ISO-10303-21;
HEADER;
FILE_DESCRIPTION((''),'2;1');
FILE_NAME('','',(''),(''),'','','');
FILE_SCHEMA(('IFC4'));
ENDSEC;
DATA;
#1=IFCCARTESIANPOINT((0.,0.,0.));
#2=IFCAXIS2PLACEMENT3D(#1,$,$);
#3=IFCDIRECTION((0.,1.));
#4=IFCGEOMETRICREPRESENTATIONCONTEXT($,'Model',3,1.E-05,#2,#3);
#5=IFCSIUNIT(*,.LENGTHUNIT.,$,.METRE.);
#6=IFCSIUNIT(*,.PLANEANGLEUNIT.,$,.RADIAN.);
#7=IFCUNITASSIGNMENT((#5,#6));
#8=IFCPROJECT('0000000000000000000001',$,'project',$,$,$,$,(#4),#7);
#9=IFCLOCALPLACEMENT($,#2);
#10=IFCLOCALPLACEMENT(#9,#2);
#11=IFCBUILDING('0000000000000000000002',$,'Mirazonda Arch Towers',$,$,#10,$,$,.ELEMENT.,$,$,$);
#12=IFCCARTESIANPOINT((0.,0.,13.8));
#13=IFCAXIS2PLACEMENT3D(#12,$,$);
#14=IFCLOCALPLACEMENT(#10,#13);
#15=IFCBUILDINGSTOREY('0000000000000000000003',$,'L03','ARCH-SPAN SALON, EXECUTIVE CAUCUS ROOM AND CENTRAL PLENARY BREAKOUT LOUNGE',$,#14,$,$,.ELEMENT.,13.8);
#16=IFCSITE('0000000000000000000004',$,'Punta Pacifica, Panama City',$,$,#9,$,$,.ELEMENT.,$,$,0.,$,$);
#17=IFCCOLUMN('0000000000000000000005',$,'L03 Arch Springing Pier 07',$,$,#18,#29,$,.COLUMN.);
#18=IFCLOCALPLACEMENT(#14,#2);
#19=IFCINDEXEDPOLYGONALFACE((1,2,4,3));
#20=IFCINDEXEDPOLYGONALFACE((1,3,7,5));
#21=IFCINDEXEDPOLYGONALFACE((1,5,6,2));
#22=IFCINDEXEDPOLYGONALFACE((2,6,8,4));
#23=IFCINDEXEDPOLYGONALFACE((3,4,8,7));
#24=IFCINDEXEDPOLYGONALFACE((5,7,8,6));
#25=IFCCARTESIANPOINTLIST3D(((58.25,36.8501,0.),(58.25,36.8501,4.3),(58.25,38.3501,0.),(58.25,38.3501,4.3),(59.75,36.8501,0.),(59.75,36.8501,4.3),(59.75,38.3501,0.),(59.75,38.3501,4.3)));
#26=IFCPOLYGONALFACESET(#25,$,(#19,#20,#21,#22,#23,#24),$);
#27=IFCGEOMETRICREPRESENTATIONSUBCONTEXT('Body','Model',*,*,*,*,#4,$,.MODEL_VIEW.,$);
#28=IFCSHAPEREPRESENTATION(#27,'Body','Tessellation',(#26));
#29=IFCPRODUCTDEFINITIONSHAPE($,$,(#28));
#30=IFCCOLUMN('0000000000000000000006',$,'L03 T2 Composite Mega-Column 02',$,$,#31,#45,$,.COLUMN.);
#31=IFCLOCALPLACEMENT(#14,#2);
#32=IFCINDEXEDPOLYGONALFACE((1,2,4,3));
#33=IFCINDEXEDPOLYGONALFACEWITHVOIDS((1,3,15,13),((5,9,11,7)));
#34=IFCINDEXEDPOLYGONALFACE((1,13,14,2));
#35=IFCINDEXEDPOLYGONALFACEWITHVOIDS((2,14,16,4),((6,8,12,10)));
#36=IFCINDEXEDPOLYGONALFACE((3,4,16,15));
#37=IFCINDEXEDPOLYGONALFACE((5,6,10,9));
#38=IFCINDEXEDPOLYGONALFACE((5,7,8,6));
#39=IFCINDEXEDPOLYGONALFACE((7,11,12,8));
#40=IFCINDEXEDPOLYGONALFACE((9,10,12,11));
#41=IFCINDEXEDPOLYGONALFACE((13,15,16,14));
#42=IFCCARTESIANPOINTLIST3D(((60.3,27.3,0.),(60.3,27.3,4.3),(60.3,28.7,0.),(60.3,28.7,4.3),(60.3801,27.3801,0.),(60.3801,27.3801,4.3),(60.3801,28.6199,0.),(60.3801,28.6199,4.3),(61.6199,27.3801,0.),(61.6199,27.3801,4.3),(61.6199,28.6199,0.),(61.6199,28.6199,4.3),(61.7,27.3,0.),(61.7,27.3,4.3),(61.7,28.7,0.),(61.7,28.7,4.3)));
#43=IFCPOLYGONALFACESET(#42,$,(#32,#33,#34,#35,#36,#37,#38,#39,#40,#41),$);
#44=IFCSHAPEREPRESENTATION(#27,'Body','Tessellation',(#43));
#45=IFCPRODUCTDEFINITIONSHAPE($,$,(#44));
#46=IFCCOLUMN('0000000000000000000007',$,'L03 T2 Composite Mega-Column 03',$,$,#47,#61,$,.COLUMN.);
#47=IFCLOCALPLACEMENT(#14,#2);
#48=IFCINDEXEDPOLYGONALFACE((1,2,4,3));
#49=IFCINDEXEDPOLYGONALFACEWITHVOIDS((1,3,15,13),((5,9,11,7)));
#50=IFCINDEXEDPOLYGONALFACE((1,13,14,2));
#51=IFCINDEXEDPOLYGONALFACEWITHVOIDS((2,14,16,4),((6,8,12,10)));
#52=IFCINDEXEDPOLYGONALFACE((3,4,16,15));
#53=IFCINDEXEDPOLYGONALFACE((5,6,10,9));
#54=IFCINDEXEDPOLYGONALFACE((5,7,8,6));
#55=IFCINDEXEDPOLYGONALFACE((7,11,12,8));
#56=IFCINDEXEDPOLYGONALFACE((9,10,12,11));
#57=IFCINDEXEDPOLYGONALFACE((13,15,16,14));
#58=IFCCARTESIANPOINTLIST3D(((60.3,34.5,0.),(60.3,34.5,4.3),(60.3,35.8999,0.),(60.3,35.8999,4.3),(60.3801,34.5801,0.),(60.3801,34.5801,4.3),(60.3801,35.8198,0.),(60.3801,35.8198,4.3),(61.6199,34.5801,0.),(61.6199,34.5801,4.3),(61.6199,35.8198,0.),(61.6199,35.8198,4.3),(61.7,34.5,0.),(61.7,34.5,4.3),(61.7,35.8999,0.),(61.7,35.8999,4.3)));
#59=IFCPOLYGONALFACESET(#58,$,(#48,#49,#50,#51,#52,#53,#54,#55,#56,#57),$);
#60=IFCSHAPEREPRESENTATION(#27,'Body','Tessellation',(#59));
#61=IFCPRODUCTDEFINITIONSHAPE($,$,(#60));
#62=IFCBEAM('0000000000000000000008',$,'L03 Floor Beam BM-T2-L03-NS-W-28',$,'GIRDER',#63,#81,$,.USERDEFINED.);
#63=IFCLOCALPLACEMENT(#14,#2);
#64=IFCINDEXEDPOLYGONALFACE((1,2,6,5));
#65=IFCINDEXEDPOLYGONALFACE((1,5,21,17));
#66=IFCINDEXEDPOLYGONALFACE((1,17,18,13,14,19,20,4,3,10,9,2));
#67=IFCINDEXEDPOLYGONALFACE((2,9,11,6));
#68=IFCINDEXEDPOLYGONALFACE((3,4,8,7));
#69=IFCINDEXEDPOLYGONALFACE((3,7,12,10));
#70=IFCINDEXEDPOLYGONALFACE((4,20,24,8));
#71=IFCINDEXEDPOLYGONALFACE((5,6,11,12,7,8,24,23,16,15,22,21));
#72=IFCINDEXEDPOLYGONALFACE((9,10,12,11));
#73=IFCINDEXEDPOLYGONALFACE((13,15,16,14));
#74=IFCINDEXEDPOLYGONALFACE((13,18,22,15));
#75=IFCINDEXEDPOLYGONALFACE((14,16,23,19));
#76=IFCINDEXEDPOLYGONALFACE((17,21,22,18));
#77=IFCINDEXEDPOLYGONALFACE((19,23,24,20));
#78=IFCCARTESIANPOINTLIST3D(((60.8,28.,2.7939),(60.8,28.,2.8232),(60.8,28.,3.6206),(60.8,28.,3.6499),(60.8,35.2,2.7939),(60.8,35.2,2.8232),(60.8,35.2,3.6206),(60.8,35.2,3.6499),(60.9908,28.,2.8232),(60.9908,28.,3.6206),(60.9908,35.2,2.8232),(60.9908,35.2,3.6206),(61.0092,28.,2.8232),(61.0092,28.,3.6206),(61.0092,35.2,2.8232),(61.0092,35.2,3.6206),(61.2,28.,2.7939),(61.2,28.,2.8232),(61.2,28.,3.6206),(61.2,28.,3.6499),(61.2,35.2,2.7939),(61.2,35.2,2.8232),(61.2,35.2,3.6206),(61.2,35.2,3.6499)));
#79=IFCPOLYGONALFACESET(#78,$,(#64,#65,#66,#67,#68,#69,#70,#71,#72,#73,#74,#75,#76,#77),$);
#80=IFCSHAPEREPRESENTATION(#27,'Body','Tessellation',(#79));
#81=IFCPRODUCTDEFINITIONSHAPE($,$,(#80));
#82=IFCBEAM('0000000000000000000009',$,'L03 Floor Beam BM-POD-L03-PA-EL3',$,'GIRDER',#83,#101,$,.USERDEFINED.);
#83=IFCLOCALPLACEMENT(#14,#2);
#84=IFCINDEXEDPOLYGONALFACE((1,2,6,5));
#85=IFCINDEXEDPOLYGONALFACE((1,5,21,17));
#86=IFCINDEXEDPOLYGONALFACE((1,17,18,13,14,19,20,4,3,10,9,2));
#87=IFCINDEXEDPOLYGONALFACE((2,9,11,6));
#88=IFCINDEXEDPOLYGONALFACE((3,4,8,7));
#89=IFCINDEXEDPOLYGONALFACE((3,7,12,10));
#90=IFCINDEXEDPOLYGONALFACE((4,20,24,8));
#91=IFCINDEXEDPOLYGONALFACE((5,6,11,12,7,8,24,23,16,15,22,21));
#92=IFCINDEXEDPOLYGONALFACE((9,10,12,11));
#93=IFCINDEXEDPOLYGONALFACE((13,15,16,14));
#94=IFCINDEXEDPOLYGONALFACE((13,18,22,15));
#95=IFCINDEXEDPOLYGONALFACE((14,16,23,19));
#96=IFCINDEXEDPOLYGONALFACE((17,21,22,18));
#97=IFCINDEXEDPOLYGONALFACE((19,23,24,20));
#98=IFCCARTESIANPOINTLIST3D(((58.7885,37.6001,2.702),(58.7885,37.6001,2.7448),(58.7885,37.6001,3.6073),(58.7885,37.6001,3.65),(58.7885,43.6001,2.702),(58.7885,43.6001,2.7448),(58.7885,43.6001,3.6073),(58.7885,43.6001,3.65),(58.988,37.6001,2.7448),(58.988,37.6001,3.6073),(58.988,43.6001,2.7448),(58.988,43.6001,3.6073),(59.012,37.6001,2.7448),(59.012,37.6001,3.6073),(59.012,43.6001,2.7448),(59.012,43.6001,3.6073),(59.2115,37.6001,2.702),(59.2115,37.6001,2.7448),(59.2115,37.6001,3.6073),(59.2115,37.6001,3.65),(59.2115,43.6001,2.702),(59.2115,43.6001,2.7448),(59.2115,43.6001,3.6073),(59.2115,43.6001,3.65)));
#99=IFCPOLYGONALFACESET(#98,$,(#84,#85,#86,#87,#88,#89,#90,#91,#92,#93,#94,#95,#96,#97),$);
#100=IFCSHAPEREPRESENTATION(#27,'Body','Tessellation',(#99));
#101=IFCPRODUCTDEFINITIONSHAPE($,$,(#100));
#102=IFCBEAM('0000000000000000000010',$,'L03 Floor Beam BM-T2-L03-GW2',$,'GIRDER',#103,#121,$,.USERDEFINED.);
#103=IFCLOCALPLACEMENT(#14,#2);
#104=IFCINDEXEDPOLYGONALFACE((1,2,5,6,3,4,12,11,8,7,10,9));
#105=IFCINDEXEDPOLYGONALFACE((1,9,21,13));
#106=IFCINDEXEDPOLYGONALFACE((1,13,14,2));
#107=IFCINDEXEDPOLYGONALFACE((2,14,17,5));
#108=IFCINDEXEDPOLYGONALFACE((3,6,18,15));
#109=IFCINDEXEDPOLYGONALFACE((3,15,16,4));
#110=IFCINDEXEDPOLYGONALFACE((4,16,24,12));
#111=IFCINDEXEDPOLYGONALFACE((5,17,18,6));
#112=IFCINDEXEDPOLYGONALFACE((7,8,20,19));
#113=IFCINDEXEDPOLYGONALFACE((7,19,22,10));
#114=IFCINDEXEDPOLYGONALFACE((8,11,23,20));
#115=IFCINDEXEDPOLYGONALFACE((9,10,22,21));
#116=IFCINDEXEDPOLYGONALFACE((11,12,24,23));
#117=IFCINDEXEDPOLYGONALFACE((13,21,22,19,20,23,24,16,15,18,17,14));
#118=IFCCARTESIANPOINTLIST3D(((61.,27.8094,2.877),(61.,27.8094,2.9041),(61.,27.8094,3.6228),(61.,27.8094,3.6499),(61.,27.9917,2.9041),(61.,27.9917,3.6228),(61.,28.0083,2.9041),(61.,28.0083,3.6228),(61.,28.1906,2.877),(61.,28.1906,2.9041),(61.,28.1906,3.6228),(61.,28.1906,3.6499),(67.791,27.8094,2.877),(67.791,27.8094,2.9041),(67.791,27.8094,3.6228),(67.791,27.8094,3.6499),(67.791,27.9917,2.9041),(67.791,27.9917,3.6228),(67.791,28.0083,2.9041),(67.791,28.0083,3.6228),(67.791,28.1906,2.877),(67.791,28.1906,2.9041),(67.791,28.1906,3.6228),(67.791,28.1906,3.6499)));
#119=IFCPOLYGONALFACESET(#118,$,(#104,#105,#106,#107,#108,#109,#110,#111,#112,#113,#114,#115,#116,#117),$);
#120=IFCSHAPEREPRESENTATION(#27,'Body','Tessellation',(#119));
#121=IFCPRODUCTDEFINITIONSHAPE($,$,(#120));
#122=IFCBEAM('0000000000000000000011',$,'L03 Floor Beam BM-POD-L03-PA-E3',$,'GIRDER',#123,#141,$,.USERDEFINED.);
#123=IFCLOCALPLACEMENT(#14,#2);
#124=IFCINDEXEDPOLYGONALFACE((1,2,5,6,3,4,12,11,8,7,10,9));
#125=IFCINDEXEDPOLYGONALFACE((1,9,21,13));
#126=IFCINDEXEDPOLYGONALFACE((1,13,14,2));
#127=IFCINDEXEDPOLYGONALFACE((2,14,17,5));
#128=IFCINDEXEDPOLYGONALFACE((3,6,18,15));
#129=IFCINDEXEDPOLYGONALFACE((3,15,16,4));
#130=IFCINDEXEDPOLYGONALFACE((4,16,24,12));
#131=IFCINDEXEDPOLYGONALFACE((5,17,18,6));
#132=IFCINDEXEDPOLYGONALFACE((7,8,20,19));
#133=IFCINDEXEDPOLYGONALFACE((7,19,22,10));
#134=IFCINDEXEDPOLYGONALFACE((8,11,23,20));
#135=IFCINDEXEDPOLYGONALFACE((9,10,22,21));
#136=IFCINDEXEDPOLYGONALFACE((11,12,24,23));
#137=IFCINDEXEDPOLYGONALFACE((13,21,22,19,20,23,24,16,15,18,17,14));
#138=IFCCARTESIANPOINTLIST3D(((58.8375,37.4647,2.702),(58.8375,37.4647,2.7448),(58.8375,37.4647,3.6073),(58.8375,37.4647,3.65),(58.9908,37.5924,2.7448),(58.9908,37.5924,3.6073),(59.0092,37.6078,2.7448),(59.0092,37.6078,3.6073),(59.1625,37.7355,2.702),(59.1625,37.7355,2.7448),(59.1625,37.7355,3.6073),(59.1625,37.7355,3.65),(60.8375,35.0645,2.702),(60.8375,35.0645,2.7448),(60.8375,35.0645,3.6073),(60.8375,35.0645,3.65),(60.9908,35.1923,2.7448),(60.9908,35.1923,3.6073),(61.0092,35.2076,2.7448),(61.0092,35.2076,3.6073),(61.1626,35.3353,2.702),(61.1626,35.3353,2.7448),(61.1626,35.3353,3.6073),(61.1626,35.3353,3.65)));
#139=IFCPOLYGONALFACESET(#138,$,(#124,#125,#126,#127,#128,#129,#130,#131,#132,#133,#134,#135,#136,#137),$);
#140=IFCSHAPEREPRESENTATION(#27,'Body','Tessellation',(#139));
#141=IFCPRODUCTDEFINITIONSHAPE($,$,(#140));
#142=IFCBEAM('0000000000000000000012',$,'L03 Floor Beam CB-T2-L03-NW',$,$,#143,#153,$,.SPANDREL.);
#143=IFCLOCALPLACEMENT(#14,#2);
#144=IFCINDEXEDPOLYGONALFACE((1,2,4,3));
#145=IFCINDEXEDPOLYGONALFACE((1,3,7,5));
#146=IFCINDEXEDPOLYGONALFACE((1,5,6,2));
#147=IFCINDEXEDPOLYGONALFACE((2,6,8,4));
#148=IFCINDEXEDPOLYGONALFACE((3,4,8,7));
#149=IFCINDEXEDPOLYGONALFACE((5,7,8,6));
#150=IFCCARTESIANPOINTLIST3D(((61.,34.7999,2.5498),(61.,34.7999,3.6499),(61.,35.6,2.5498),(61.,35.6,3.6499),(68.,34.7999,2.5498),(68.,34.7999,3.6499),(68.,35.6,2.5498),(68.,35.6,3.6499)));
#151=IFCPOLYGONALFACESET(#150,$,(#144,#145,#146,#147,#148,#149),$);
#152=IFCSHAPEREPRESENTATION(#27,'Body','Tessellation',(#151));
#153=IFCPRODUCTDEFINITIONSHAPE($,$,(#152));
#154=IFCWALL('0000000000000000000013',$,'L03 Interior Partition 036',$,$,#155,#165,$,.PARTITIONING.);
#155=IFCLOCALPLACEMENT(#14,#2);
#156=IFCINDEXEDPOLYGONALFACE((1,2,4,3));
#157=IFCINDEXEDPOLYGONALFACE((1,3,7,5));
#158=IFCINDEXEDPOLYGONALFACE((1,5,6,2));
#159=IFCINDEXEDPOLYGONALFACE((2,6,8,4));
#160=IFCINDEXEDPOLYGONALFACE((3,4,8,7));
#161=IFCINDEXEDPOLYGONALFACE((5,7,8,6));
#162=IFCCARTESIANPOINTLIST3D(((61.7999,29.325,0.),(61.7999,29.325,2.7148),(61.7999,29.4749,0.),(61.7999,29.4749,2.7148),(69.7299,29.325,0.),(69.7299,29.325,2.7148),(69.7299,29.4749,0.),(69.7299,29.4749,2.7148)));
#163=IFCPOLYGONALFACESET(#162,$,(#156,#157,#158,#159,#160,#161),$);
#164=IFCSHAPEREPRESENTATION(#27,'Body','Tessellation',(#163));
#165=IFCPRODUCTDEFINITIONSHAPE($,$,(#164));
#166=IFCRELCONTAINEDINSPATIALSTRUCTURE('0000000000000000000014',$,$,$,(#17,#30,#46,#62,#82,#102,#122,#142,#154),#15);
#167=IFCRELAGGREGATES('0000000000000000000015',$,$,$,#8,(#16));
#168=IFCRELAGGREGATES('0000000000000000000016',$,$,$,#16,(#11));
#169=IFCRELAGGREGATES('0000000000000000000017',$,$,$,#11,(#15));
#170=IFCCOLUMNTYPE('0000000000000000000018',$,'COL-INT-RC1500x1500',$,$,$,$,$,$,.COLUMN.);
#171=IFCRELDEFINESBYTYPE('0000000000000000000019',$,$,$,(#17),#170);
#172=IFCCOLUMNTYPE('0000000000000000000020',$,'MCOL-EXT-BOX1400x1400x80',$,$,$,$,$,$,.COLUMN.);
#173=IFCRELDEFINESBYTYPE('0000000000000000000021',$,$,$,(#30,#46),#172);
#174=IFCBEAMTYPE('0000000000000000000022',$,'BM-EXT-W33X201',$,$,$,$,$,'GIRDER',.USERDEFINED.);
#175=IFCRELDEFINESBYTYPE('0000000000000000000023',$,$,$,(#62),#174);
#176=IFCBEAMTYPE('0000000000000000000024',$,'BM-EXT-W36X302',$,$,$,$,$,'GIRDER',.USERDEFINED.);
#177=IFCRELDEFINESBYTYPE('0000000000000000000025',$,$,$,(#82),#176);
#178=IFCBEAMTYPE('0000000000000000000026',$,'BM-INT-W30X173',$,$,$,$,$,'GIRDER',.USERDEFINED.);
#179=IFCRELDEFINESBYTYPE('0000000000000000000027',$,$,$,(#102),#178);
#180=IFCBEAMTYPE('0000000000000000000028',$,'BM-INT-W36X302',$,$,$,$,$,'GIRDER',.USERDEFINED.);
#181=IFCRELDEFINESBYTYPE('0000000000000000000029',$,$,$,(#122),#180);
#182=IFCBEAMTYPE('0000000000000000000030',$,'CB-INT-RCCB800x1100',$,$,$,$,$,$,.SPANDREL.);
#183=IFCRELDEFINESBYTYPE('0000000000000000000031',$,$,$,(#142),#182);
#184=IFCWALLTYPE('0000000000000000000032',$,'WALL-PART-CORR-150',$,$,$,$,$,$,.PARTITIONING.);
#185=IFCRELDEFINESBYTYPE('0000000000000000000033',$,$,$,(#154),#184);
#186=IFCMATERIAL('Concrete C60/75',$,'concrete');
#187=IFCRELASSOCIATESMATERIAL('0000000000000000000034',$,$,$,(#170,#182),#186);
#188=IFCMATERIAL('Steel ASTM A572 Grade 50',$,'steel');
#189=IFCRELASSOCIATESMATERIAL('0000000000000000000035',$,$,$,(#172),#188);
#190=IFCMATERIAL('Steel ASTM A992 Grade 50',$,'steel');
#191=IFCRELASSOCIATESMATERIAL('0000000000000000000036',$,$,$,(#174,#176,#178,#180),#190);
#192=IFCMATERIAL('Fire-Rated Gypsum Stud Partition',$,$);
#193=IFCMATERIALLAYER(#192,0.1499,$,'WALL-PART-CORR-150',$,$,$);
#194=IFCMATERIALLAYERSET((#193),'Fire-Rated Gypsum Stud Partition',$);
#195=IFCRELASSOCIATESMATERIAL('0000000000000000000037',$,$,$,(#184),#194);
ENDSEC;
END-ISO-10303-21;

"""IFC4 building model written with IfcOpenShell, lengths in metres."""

from ifc_helpers import new_model, si_unit, direction, frame, frame_2d, origin, origin_2d, place, context, subcontext, project, spatial, rectangle, hollow_rectangle, i_section, extrude, material, layer, layer_set, material_profile, profile_set, type_object, element, save


model = new_model("IFC4")

# Units and contexts
model_context = context("Model", 3, precision=1e-05, world=origin(), true_north=direction((0.0, 1.0)))
body_context = subcontext(model_context, "Body", "Model", "MODEL_VIEW")
ifc_project = project(units=[si_unit("LENGTHUNIT", "METRE"), si_unit("PLANEANGLEUNIT", "RADIAN")], contexts=[model_context])

# Site, building, storey
site_placement = place(None, origin())
site = spatial("IfcSite", under=ifc_project, at=site_placement, Name="Punta Pacifica, Panama City", CompositionType="ELEMENT", RefElevation=0.0)
building_placement = place(site_placement, origin())
building = spatial("IfcBuilding", under=site, at=building_placement, Name="Mirazonda Arch Towers", CompositionType="ELEMENT")
storey_placement = place(building_placement, frame((0.0, 0.0, 13.8)))
storey = spatial("IfcBuildingStorey", under=building, at=storey_placement, Name="L03", Description="ARCH-SPAN SALON, EXECUTIVE CAUCUS ROOM AND CENTRAL PLENARY BREAKOUT LOUNGE", CompositionType="ELEMENT", Elevation=13.8)

# Columns
ifc_material_1 = material(Name="Concrete C60/75", Category="concrete")
ifc_material_profile_1 = material_profile(ifc_material_1, rectangle(XDim=1.5, YDim=1.5, at=origin_2d()), Name="RC1500x1500")
ifc_profile_set_1 = profile_set([ifc_material_profile_1], Name="Concrete C60/75")
column_type_1 = type_object("IfcColumnType", Name="COL-INT-RC1500x1500", PredefinedType="COLUMN", material=ifc_profile_set_1)
column_placement = place(storey_placement, frame((59.0, 37.6001, 0.0), z_axis=(0.0, 0.0, 1.0), x_axis=(1.0, 0.0, 0.0)))
element("IfcColumn", 1, at=column_placement, inside=storey, type_object=column_type_1, Name="L03 Arch Springing Pier 07", PredefinedType="COLUMN", context=body_context, shape_type="SweptSolid", body=[
    extrude(rectangle(XDim=1.5, YDim=1.5, at=origin_2d()), origin(), (0.0, 0.0, 1.0), 4.3),
])
ifc_material_2 = material(Name="Steel ASTM A572 Grade 50", Category="steel")
ifc_material_profile_2 = material_profile(ifc_material_2, hollow_rectangle(XDim=1.3999, YDim=1.3999, WallThickness=0.0801, at=origin_2d()), Name="BOX1400x1400x80")
ifc_profile_set_2 = profile_set([ifc_material_profile_2], Name="Steel ASTM A572 Grade 50")
column_type_2 = type_object("IfcColumnType", Name="MCOL-EXT-BOX1400x1400x80", PredefinedType="COLUMN", material=ifc_profile_set_2)
for number, where, z_axis, x_axis, name in (
    (2, (61.0, 28.0, 0.0), (0.0, 0.0, 1.0), (1.0, 0.0, 0.0), "L03 T2 Composite Mega-Column 02"),
    (3, (61.0, 35.2, 0.0), (0.0, 0.0, 1.0), (1.0, 0.0, 0.0), "L03 T2 Composite Mega-Column 03"),
):
    element("IfcColumn", number, at=place(storey_placement, frame(where, z_axis=z_axis, x_axis=x_axis)), inside=storey, type_object=column_type_2, Name=name, PredefinedType="COLUMN", context=body_context, shape_type="SweptSolid", body=[
        extrude(hollow_rectangle(XDim=1.3999, YDim=1.3999, WallThickness=0.0801, at=origin_2d()), origin(), (0.0, 0.0, 1.0), 4.3),
    ])

# Beams
ifc_material_3 = material(Name="Steel ASTM A992 Grade 50", Category="steel")
ifc_material_profile_3 = material_profile(ifc_material_3, i_section(OverallWidth=0.3999, OverallDepth=0.856, WebThickness=0.0183, FlangeThickness=0.0293, at=origin_2d()), Name="W33X201")
ifc_profile_set_3 = profile_set([ifc_material_profile_3], Name="Steel ASTM A992 Grade 50")
beam_type_1 = type_object("IfcBeamType", Name="BM-EXT-W33X201", ElementType="GIRDER", PredefinedType="USERDEFINED", material=ifc_profile_set_3)
beam_1_placement = place(storey_placement, frame((61.0, 28.0, 3.2219), z_axis=(0.0, 1.0, 0.0), x_axis=(-1.0, 0.0, 0.0)))
element("IfcBeam", 4, at=beam_1_placement, inside=storey, type_object=beam_type_1, Name="L03 Floor Beam BM-T2-L03-NS-W-28", ObjectType="GIRDER", PredefinedType="USERDEFINED", context=body_context, shape_type="SweptSolid", body=[
    extrude(i_section(OverallWidth=0.3999, OverallDepth=0.856, WebThickness=0.0183, FlangeThickness=0.0293, at=origin_2d()), origin(), (0.0, 0.0, 1.0), 7.2),
])
ifc_material_profile_4 = material_profile(ifc_material_3, i_section(OverallWidth=0.4231, OverallDepth=0.948, WebThickness=0.0239, FlangeThickness=0.0427, at=origin_2d()), Name="W36X302")
ifc_profile_set_4 = profile_set([ifc_material_profile_4], Name="Steel ASTM A992 Grade 50")
beam_type_2 = type_object("IfcBeamType", Name="BM-EXT-W36X302", ElementType="GIRDER", PredefinedType="USERDEFINED", material=ifc_profile_set_4)
beam_2_placement = place(storey_placement, frame((59.0, 37.6001, 3.176), z_axis=(0.0, 1.0, 0.0), x_axis=(-1.0, 0.0, 0.0)))
element("IfcBeam", 5, at=beam_2_placement, inside=storey, type_object=beam_type_2, Name="L03 Floor Beam BM-POD-L03-PA-EL3", ObjectType="GIRDER", PredefinedType="USERDEFINED", context=body_context, shape_type="SweptSolid", body=[
    extrude(i_section(OverallWidth=0.4231, OverallDepth=0.948, WebThickness=0.0239, FlangeThickness=0.0427, at=origin_2d()), origin(), (0.0, 0.0, 1.0), 6.0),
])
ifc_material_profile_5 = material_profile(ifc_material_3, i_section(OverallWidth=0.3811, OverallDepth=0.7729, WebThickness=0.0166, FlangeThickness=0.0271, at=origin_2d()), Name="W30X173")
ifc_profile_set_5 = profile_set([ifc_material_profile_5], Name="Steel ASTM A992 Grade 50")
beam_type_3 = type_object("IfcBeamType", Name="BM-INT-W30X173", ElementType="GIRDER", PredefinedType="USERDEFINED", material=ifc_profile_set_5)
beam_3_placement = place(storey_placement, frame((61.0, 28.0, 3.2634), z_axis=(1.0, 0.0, 0.0), x_axis=(0.0, 1.0, 0.0)))
element("IfcBeam", 6, at=beam_3_placement, inside=storey, type_object=beam_type_3, Name="L03 Floor Beam BM-T2-L03-GW2", ObjectType="GIRDER", PredefinedType="USERDEFINED", context=body_context, shape_type="SweptSolid", body=[
    extrude(i_section(OverallWidth=0.3811, OverallDepth=0.7729, WebThickness=0.0166, FlangeThickness=0.0271, at=origin_2d()), origin(), (0.0, 0.0, 1.0), 6.791),
])
ifc_material_profile_6 = material_profile(ifc_material_3, i_section(OverallWidth=0.4231, OverallDepth=0.948, WebThickness=0.0239, FlangeThickness=0.0427, at=origin_2d()), Name="W36X302")
ifc_profile_set_6 = profile_set([ifc_material_profile_6], Name="Steel ASTM A992 Grade 50")
beam_type_4 = type_object("IfcBeamType", Name="BM-INT-W36X302", ElementType="GIRDER", PredefinedType="USERDEFINED", material=ifc_profile_set_6)
beam_4_placement = place(storey_placement, frame((59.0, 37.6001, 3.176), z_axis=(0.640161, -0.76824, 0.0), x_axis=(0.76824, 0.640161, 0.0)))
element("IfcBeam", 7, at=beam_4_placement, inside=storey, type_object=beam_type_4, Name="L03 Floor Beam BM-POD-L03-PA-E3", ObjectType="GIRDER", PredefinedType="USERDEFINED", context=body_context, shape_type="SweptSolid", body=[
    extrude(i_section(OverallWidth=0.4231, OverallDepth=0.948, WebThickness=0.0239, FlangeThickness=0.0427, at=origin_2d()), origin(), (0.0, 0.0, 1.0), 3.1243),
])
ifc_material_profile_7 = material_profile(ifc_material_1, rectangle(XDim=0.8, YDim=1.1001, at=origin_2d()), Name="RCCB800x1100")
ifc_profile_set_7 = profile_set([ifc_material_profile_7], Name="Concrete C60/75")
beam_type_5 = type_object("IfcBeamType", Name="CB-INT-RCCB800x1100", PredefinedType="SPANDREL", material=ifc_profile_set_7)
beam_5_placement = place(storey_placement, frame((61.0, 35.2, 3.0999), z_axis=(1.0, 0.0, 0.0), x_axis=(0.0, 1.0, 0.0)))
element("IfcBeam", 8, at=beam_5_placement, inside=storey, type_object=beam_type_5, Name="L03 Floor Beam CB-T2-L03-NW", PredefinedType="SPANDREL", context=body_context, shape_type="SweptSolid", body=[
    extrude(rectangle(XDim=0.8, YDim=1.1001, at=origin_2d()), origin(), (0.0, 0.0, 1.0), 7.0),
])

# Wall
ifc_material_4 = material(Name="Fire-Rated Gypsum Stud Partition")
ifc_layer = layer(ifc_material_4, 0.1499, Name="WALL-PART-CORR-150")
ifc_layer_set = layer_set([ifc_layer], Name="Fire-Rated Gypsum Stud Partition")
wall_type = type_object("IfcWallType", Name="WALL-PART-CORR-150", PredefinedType="PARTITIONING", material=ifc_layer_set)
wall_1_placement = place(storey_placement, frame((61.8, 29.3999, 0.0), z_axis=(0.0, 0.0, 1.0), x_axis=(1.0, 0.0, 0.0)))
element("IfcWall", 9, at=wall_1_placement, inside=storey, type_object=wall_type, Name="L03 Interior Partition 036", PredefinedType="PARTITIONING", context=body_context, shape_type="SweptSolid", body=[
    extrude(rectangle(XDim=7.9299, YDim=0.1499, at=frame_2d((3.9648, 0.0))), origin(), (0.0, 0.0, 1.0), 2.7148),
])

save(model, "model.ifc")
